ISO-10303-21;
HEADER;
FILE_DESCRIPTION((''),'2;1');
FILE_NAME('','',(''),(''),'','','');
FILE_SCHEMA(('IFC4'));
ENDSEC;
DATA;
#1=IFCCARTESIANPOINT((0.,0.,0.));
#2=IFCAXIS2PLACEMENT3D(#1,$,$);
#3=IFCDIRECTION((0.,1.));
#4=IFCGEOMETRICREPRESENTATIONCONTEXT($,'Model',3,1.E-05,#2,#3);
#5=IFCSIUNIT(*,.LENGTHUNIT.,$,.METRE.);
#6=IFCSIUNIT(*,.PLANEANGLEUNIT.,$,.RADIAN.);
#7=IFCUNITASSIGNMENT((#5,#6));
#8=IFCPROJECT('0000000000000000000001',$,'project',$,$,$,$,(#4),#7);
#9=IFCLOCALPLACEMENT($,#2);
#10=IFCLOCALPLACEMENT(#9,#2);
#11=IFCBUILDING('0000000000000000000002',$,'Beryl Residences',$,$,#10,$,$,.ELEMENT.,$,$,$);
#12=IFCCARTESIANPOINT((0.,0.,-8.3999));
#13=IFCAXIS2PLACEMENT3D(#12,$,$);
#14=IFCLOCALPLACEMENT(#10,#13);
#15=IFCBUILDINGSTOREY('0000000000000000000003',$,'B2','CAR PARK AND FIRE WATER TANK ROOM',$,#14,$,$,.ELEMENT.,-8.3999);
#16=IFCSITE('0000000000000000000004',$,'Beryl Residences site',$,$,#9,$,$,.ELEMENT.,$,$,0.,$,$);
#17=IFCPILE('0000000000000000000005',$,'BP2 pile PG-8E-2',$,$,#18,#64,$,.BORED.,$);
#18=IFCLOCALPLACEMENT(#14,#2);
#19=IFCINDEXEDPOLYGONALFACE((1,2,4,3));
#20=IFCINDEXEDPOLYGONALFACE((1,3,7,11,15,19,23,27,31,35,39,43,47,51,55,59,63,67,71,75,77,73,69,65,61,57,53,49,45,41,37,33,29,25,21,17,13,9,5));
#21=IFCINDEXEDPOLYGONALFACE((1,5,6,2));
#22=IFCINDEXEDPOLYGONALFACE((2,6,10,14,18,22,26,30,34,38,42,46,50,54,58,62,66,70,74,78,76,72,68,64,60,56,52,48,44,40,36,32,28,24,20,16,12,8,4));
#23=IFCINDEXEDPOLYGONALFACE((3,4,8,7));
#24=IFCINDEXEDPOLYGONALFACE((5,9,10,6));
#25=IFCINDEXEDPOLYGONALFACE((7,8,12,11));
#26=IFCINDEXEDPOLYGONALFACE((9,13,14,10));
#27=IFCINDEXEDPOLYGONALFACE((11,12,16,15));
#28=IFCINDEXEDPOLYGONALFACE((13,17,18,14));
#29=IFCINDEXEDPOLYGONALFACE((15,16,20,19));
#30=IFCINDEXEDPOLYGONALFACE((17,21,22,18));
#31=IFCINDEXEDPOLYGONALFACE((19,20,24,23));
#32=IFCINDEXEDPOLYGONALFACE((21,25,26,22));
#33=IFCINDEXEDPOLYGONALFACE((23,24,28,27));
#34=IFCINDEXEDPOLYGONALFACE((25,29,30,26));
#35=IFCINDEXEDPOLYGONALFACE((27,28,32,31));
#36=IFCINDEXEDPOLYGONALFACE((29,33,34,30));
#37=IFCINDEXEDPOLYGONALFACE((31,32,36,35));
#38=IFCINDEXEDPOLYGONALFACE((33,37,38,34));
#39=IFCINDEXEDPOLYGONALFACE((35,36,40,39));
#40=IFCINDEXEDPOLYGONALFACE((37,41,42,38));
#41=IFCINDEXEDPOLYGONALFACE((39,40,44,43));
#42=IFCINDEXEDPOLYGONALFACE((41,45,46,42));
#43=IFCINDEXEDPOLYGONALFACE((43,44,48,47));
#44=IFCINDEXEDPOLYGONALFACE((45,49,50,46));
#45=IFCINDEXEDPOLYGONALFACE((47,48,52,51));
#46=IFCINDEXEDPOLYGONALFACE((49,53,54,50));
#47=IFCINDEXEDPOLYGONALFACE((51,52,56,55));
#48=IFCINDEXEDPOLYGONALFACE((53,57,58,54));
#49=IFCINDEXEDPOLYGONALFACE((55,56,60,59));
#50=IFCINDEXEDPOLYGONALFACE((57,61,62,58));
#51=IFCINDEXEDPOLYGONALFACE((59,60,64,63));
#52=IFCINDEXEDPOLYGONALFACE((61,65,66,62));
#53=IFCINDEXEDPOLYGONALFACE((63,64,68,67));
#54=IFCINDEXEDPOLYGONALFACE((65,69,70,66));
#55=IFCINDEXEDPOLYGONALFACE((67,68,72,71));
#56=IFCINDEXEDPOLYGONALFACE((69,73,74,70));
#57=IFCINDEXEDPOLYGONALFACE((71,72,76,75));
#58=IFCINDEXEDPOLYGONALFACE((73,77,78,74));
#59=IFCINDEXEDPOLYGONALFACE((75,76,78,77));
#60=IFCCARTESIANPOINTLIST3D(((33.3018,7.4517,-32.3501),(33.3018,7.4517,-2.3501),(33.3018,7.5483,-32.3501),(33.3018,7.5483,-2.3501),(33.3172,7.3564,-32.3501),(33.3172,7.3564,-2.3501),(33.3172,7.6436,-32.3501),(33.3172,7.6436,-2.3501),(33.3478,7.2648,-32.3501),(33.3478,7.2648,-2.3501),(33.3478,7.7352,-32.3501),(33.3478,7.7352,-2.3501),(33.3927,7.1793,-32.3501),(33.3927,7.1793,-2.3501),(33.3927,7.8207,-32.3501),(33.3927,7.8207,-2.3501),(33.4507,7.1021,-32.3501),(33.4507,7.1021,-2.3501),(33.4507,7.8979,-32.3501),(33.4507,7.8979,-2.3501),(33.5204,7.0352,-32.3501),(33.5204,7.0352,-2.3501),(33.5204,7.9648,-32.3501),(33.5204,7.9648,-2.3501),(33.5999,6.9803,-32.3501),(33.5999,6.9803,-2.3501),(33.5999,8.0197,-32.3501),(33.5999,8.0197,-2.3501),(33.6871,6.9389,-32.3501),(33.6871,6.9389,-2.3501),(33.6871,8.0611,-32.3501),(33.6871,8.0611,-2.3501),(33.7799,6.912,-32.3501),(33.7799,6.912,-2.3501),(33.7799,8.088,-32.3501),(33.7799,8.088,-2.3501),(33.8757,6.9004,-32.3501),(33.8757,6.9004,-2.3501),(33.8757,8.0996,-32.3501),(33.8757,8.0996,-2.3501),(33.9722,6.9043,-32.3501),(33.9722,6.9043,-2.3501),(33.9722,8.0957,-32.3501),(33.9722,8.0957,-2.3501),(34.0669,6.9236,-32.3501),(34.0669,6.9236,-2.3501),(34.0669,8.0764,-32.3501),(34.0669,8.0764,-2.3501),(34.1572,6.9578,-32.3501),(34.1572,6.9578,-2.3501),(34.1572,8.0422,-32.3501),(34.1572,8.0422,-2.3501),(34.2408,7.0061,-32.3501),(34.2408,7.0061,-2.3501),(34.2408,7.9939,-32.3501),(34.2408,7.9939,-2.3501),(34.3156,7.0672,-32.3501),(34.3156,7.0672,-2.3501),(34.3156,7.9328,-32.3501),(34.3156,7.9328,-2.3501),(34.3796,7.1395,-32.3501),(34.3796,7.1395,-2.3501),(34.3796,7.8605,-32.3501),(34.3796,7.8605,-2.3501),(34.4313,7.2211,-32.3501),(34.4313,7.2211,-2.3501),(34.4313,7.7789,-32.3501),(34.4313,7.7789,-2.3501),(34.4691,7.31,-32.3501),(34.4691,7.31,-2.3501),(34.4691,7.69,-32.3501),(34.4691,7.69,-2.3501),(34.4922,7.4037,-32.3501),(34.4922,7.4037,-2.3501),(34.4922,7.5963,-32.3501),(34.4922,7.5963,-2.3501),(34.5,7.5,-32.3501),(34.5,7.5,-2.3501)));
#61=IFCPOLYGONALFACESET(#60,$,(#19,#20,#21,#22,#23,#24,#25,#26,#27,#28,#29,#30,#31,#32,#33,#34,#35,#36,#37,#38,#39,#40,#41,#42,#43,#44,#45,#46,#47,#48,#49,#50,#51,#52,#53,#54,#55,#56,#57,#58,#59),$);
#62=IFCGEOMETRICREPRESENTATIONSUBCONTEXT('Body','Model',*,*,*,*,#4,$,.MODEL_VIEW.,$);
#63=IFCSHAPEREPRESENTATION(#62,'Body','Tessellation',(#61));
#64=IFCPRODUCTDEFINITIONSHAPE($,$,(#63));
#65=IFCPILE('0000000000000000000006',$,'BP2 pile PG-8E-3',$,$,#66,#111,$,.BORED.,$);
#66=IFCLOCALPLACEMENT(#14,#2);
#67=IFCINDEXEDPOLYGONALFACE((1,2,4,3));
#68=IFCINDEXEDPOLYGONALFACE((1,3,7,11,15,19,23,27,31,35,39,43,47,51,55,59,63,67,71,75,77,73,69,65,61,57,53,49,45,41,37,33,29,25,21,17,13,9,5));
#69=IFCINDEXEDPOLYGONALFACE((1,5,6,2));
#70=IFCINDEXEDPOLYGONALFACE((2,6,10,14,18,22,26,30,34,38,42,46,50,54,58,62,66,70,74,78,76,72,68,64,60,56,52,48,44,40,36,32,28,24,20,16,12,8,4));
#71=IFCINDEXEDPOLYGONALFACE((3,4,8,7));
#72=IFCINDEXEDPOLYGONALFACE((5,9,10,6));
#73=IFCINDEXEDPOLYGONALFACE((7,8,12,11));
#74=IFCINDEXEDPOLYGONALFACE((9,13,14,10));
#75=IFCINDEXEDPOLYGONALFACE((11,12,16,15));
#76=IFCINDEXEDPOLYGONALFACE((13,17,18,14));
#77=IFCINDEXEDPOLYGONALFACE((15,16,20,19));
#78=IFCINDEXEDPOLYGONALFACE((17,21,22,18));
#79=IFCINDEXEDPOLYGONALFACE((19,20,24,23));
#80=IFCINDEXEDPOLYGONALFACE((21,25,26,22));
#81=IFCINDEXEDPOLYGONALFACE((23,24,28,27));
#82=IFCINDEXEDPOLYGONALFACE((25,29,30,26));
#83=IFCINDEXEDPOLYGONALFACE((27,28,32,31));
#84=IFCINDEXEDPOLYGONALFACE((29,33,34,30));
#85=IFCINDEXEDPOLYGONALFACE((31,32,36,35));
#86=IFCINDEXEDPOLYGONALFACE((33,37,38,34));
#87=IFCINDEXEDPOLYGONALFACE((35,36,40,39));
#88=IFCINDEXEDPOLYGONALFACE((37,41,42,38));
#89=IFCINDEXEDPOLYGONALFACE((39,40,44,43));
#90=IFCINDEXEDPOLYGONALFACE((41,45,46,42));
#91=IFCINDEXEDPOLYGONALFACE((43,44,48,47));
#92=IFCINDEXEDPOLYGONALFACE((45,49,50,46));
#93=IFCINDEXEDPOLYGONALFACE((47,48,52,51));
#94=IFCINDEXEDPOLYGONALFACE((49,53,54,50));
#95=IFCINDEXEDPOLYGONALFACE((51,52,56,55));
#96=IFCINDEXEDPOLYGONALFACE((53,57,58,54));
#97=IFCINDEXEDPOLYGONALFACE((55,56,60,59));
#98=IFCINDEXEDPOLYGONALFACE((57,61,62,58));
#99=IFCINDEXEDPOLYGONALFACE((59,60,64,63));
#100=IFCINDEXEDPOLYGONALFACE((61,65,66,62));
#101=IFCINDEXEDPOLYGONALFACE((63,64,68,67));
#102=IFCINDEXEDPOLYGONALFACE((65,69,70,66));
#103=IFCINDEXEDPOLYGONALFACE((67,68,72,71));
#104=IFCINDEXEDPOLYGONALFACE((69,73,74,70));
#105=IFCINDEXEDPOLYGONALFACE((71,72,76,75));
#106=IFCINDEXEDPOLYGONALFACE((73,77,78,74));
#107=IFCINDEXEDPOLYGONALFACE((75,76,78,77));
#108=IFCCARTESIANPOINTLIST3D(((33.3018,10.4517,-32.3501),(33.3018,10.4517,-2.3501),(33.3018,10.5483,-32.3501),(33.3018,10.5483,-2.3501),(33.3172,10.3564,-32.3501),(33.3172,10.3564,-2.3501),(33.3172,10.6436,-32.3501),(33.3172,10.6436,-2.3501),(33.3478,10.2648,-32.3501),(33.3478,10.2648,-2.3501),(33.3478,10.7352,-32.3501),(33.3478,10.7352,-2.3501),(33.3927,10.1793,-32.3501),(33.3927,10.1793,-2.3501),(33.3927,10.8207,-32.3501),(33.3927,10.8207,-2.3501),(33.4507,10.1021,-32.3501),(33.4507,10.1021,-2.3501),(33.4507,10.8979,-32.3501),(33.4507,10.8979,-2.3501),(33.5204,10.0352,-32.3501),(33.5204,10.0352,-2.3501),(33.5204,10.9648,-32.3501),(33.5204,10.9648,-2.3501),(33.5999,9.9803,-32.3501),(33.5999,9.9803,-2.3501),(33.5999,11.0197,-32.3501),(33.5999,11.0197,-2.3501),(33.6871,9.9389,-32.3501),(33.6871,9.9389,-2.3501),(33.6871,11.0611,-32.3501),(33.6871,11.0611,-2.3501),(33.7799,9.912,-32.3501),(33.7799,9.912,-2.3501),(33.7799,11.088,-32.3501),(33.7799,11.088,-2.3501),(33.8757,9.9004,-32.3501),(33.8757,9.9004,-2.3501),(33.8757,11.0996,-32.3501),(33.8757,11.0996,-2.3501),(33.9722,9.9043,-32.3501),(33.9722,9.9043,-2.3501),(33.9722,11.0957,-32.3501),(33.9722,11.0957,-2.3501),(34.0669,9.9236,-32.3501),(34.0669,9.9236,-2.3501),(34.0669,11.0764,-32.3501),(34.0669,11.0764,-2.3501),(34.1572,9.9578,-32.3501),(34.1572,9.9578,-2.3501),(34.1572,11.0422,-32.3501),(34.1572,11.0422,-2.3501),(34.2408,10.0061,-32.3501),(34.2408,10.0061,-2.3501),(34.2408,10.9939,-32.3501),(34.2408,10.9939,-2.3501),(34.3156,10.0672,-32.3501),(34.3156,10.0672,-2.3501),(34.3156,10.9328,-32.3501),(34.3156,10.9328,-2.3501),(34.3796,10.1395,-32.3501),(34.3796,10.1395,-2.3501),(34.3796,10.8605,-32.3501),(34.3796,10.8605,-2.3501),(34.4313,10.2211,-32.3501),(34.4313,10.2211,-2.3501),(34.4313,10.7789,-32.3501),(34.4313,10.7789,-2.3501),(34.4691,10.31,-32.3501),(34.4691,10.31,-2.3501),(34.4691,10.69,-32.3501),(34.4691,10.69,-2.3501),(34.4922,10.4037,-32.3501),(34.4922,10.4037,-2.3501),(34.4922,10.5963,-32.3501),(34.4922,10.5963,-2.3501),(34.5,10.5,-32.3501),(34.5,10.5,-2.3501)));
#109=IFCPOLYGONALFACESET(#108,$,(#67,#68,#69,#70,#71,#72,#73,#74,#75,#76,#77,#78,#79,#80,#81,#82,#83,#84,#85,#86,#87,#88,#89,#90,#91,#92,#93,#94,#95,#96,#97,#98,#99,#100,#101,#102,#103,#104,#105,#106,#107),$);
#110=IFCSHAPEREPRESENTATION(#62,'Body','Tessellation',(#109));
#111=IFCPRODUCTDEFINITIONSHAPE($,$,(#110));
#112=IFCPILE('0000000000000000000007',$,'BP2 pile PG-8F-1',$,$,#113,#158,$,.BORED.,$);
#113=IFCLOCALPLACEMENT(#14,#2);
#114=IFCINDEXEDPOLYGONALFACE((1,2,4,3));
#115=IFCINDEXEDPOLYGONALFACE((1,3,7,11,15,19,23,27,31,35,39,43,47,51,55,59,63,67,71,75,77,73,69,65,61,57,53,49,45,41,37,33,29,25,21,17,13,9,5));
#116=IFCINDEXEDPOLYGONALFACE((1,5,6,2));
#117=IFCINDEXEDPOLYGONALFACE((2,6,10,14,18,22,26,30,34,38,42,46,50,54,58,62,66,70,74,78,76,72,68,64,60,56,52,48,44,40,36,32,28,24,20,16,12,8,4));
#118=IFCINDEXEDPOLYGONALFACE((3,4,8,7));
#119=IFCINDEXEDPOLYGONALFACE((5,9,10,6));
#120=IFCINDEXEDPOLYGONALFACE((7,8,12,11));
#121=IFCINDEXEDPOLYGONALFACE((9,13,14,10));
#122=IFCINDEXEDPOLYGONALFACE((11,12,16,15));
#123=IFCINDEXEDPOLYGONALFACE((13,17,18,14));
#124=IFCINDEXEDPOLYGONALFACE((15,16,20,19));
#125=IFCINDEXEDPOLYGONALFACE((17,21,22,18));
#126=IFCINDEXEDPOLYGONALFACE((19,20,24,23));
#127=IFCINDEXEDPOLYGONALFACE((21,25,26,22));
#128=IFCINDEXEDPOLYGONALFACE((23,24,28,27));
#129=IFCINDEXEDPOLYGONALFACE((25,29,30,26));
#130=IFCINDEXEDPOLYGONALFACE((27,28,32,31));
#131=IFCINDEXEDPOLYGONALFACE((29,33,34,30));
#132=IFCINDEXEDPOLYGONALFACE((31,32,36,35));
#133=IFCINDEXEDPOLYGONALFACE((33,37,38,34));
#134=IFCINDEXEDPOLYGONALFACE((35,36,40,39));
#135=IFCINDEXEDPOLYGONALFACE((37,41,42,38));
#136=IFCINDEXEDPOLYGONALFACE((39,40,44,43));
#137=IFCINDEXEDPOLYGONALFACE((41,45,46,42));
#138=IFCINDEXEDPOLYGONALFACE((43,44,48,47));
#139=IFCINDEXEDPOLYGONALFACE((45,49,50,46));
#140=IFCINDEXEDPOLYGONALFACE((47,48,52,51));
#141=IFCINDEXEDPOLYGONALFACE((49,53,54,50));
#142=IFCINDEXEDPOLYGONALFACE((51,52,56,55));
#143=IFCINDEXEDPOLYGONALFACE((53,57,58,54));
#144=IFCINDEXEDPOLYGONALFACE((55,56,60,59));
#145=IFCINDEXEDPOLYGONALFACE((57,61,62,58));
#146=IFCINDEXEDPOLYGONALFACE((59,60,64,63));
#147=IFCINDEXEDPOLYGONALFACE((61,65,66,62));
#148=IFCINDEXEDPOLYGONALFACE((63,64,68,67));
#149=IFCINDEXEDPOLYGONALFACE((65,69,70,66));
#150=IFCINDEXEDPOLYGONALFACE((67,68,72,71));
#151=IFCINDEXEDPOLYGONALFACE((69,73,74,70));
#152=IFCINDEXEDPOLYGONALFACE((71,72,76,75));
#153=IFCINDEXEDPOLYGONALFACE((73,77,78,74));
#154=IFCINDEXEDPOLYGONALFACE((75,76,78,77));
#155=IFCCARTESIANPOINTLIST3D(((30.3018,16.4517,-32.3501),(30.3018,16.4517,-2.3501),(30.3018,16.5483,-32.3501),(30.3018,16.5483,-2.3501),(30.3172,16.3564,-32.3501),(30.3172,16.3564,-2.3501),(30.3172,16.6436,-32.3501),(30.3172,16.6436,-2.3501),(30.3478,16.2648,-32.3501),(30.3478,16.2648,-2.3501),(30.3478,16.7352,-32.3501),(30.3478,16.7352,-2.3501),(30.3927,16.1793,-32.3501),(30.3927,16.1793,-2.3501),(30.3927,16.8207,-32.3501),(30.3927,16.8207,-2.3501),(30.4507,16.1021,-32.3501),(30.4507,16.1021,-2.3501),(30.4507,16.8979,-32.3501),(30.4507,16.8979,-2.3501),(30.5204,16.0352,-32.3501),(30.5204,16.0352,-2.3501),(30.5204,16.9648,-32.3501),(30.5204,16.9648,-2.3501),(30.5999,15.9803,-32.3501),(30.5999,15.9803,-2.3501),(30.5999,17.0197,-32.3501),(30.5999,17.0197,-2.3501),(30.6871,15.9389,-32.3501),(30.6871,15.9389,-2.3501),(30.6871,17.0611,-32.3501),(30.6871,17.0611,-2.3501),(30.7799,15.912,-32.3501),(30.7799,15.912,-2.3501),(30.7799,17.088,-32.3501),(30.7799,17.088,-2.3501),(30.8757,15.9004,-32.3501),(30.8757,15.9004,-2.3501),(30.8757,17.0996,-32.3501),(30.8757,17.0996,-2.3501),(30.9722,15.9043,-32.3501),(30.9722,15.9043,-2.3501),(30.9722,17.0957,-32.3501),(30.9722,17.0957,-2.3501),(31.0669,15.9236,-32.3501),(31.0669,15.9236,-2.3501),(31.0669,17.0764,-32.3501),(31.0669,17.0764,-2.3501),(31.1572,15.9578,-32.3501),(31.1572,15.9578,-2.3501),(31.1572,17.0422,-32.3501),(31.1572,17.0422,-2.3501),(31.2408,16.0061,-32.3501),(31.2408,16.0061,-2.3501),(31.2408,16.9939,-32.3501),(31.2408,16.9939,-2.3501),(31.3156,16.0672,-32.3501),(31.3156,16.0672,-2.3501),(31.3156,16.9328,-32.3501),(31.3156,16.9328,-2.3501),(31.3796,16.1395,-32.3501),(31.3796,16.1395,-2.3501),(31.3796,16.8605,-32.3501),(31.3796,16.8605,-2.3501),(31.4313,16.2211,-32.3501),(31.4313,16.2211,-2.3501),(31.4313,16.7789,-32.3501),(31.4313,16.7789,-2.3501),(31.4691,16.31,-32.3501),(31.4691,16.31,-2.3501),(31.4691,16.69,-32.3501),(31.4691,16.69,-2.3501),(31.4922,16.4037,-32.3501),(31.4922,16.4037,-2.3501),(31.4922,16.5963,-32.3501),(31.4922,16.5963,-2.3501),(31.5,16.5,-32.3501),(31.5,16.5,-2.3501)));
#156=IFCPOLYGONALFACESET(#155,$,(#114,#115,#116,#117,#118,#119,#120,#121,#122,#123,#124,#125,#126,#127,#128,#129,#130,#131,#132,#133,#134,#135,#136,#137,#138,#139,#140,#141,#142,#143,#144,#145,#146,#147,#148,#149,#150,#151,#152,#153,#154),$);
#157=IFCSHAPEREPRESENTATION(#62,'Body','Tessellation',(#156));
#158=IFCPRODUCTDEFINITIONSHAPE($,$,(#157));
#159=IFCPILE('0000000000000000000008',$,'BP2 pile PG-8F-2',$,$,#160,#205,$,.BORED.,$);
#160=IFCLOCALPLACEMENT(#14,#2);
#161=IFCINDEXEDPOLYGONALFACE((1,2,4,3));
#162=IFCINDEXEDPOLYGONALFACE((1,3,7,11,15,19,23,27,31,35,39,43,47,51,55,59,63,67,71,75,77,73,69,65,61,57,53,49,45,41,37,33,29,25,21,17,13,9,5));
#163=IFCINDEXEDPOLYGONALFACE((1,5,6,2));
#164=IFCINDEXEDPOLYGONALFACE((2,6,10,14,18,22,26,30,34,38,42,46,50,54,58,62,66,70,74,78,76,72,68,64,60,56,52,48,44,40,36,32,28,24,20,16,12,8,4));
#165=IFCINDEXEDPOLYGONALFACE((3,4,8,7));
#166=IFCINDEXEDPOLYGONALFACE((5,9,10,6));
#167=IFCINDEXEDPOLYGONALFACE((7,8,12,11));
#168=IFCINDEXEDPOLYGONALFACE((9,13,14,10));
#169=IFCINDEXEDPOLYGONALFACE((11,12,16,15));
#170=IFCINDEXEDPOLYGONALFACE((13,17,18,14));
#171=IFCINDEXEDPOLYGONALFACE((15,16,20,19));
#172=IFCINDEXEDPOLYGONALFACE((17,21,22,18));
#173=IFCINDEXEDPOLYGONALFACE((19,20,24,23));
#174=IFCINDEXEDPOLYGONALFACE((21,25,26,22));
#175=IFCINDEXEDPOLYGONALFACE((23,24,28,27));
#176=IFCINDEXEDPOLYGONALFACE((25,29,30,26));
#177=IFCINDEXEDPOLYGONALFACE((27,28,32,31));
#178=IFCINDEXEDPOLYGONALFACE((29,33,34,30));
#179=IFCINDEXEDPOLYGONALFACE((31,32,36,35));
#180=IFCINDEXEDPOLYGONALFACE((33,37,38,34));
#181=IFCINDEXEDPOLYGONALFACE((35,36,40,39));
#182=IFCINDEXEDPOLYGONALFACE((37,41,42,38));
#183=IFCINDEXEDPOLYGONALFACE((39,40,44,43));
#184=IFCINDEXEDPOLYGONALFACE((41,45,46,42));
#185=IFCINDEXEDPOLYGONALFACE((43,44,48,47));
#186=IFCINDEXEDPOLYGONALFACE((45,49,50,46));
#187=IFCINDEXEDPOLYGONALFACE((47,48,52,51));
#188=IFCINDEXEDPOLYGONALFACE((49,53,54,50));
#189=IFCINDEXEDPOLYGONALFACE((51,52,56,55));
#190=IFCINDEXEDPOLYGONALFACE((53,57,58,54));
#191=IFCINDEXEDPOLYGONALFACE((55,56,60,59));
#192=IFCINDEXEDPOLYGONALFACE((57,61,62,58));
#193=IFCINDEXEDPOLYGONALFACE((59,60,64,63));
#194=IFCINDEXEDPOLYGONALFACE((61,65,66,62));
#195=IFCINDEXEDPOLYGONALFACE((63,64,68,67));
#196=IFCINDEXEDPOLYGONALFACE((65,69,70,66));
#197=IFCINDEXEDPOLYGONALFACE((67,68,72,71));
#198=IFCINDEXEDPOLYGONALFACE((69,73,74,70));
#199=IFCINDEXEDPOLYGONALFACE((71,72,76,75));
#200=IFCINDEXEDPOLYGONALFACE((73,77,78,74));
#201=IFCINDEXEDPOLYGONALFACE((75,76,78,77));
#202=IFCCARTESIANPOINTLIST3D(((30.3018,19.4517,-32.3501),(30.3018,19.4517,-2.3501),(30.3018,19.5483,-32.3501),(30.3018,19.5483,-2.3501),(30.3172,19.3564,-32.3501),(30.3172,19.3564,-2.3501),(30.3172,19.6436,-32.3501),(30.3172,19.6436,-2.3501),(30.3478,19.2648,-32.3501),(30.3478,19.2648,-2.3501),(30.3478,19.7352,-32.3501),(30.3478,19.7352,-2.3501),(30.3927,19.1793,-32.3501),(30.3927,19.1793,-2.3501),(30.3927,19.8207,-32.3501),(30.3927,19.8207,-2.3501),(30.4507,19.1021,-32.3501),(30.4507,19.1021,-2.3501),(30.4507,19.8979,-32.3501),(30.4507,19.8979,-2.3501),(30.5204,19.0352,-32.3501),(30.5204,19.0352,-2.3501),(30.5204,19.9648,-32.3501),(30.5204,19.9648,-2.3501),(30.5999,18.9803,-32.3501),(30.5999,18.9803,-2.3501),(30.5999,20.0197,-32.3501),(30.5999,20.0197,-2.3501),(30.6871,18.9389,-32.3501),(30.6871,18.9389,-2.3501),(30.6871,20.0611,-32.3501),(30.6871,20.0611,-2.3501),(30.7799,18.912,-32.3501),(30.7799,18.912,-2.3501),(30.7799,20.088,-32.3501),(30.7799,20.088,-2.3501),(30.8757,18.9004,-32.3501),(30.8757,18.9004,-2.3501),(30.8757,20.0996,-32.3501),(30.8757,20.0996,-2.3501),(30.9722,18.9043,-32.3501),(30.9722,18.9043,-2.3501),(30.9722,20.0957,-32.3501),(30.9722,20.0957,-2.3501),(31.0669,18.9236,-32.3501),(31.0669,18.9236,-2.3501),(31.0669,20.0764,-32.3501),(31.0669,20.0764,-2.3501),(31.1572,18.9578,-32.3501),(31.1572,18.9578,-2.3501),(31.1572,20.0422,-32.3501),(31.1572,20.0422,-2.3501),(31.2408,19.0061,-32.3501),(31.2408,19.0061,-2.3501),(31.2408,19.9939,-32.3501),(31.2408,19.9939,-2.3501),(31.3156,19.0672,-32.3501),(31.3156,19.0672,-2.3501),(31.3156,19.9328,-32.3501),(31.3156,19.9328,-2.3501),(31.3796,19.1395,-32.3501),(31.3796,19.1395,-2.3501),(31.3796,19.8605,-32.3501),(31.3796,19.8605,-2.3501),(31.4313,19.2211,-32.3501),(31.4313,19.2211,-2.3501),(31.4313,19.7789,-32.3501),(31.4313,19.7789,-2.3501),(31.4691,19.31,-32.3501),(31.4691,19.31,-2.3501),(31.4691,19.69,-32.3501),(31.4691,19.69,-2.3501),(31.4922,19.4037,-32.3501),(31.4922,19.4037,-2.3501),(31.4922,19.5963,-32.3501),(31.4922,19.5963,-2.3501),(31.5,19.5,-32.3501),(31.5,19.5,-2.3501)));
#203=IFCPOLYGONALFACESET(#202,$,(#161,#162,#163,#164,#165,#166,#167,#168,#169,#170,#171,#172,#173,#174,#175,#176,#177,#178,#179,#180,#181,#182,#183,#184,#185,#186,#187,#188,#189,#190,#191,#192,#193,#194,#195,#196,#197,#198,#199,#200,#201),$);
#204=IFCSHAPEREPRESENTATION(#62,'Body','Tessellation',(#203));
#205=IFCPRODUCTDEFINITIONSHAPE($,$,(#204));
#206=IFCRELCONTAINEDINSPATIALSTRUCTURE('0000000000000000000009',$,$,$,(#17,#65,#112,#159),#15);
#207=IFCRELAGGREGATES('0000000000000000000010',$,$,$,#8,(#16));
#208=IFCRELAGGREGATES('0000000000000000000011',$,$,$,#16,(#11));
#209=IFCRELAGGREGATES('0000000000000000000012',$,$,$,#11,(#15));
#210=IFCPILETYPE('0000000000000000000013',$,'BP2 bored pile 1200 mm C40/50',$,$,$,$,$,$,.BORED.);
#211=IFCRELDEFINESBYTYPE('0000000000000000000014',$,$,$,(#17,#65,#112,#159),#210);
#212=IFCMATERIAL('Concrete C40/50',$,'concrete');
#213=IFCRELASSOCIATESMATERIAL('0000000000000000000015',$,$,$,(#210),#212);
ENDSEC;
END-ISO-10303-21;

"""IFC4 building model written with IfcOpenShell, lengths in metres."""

from ifc_helpers import new_model, si_unit, direction, frame, origin, origin_2d, place, context, subcontext, project, spatial, circle, extrude, material, material_profile, profile_set, type_object, element, save


model = new_model("IFC4")

# Units and contexts
model_context = context("Model", 3, precision=1e-05, world=origin(), true_north=direction((0.0, 1.0)))
body_context = subcontext(model_context, "Body", "Model", "MODEL_VIEW")
ifc_project = project(units=[si_unit("LENGTHUNIT", "METRE"), si_unit("PLANEANGLEUNIT", "RADIAN")], contexts=[model_context])

# Site, building, storey
site_placement = place(None, origin())
site = spatial("IfcSite", under=ifc_project, at=site_placement, Name="Beryl Residences site", CompositionType="ELEMENT", RefElevation=0.0)
building_placement = place(site_placement, origin())
building = spatial("IfcBuilding", under=site, at=building_placement, Name="Beryl Residences", CompositionType="ELEMENT")
storey_placement = place(building_placement, frame((0.0, 0.0, -8.3999)))
storey = spatial("IfcBuildingStorey", under=building, at=storey_placement, Name="B2", Description="CAR PARK AND FIRE WATER TANK ROOM", CompositionType="ELEMENT", Elevation=-8.3999)

# Piles
ifc_material_1 = material(Name="Concrete C40/50", Category="concrete")
ifc_material_profile_1 = material_profile(ifc_material_1, circle(Radius=0.6001, at=origin_2d()))
ifc_profile_set_1 = profile_set([ifc_material_profile_1], Name="Concrete C40/50")
pile_type_1 = type_object("IfcPileType", Name="BP2 bored pile 1200 mm C40/50", PredefinedType="BORED", material=ifc_profile_set_1)
for number, where, z_axis, x_axis, name in (
    (1, (33.8999, 7.5, -2.3501), (0.0, 0.0, -1.0), (1.0, 0.0, 0.0), "BP2 pile PG-8E-2"),
    (2, (33.8999, 10.5, -2.3501), (0.0, 0.0, -1.0), (1.0, 0.0, 0.0), "BP2 pile PG-8E-3"),
    (3, (30.8999, 16.5, -2.3501), (0.0, 0.0, -1.0), (1.0, 0.0, 0.0), "BP2 pile PG-8F-1"),
    (4, (30.8999, 19.5, -2.3501), (0.0, 0.0, -1.0), (1.0, 0.0, 0.0), "BP2 pile PG-8F-2"),
):
    element("IfcPile", number, at=place(storey_placement, frame(where, z_axis=z_axis, x_axis=x_axis)), inside=storey, type_object=pile_type_1, Name=name, PredefinedType="BORED", context=body_context, shape_type="SweptSolid", body=[
        extrude(circle(Radius=0.6001, at=origin_2d()), origin(), (0.0, 0.0, 1.0), 30.0),
    ])

save(model, "model.ifc")
